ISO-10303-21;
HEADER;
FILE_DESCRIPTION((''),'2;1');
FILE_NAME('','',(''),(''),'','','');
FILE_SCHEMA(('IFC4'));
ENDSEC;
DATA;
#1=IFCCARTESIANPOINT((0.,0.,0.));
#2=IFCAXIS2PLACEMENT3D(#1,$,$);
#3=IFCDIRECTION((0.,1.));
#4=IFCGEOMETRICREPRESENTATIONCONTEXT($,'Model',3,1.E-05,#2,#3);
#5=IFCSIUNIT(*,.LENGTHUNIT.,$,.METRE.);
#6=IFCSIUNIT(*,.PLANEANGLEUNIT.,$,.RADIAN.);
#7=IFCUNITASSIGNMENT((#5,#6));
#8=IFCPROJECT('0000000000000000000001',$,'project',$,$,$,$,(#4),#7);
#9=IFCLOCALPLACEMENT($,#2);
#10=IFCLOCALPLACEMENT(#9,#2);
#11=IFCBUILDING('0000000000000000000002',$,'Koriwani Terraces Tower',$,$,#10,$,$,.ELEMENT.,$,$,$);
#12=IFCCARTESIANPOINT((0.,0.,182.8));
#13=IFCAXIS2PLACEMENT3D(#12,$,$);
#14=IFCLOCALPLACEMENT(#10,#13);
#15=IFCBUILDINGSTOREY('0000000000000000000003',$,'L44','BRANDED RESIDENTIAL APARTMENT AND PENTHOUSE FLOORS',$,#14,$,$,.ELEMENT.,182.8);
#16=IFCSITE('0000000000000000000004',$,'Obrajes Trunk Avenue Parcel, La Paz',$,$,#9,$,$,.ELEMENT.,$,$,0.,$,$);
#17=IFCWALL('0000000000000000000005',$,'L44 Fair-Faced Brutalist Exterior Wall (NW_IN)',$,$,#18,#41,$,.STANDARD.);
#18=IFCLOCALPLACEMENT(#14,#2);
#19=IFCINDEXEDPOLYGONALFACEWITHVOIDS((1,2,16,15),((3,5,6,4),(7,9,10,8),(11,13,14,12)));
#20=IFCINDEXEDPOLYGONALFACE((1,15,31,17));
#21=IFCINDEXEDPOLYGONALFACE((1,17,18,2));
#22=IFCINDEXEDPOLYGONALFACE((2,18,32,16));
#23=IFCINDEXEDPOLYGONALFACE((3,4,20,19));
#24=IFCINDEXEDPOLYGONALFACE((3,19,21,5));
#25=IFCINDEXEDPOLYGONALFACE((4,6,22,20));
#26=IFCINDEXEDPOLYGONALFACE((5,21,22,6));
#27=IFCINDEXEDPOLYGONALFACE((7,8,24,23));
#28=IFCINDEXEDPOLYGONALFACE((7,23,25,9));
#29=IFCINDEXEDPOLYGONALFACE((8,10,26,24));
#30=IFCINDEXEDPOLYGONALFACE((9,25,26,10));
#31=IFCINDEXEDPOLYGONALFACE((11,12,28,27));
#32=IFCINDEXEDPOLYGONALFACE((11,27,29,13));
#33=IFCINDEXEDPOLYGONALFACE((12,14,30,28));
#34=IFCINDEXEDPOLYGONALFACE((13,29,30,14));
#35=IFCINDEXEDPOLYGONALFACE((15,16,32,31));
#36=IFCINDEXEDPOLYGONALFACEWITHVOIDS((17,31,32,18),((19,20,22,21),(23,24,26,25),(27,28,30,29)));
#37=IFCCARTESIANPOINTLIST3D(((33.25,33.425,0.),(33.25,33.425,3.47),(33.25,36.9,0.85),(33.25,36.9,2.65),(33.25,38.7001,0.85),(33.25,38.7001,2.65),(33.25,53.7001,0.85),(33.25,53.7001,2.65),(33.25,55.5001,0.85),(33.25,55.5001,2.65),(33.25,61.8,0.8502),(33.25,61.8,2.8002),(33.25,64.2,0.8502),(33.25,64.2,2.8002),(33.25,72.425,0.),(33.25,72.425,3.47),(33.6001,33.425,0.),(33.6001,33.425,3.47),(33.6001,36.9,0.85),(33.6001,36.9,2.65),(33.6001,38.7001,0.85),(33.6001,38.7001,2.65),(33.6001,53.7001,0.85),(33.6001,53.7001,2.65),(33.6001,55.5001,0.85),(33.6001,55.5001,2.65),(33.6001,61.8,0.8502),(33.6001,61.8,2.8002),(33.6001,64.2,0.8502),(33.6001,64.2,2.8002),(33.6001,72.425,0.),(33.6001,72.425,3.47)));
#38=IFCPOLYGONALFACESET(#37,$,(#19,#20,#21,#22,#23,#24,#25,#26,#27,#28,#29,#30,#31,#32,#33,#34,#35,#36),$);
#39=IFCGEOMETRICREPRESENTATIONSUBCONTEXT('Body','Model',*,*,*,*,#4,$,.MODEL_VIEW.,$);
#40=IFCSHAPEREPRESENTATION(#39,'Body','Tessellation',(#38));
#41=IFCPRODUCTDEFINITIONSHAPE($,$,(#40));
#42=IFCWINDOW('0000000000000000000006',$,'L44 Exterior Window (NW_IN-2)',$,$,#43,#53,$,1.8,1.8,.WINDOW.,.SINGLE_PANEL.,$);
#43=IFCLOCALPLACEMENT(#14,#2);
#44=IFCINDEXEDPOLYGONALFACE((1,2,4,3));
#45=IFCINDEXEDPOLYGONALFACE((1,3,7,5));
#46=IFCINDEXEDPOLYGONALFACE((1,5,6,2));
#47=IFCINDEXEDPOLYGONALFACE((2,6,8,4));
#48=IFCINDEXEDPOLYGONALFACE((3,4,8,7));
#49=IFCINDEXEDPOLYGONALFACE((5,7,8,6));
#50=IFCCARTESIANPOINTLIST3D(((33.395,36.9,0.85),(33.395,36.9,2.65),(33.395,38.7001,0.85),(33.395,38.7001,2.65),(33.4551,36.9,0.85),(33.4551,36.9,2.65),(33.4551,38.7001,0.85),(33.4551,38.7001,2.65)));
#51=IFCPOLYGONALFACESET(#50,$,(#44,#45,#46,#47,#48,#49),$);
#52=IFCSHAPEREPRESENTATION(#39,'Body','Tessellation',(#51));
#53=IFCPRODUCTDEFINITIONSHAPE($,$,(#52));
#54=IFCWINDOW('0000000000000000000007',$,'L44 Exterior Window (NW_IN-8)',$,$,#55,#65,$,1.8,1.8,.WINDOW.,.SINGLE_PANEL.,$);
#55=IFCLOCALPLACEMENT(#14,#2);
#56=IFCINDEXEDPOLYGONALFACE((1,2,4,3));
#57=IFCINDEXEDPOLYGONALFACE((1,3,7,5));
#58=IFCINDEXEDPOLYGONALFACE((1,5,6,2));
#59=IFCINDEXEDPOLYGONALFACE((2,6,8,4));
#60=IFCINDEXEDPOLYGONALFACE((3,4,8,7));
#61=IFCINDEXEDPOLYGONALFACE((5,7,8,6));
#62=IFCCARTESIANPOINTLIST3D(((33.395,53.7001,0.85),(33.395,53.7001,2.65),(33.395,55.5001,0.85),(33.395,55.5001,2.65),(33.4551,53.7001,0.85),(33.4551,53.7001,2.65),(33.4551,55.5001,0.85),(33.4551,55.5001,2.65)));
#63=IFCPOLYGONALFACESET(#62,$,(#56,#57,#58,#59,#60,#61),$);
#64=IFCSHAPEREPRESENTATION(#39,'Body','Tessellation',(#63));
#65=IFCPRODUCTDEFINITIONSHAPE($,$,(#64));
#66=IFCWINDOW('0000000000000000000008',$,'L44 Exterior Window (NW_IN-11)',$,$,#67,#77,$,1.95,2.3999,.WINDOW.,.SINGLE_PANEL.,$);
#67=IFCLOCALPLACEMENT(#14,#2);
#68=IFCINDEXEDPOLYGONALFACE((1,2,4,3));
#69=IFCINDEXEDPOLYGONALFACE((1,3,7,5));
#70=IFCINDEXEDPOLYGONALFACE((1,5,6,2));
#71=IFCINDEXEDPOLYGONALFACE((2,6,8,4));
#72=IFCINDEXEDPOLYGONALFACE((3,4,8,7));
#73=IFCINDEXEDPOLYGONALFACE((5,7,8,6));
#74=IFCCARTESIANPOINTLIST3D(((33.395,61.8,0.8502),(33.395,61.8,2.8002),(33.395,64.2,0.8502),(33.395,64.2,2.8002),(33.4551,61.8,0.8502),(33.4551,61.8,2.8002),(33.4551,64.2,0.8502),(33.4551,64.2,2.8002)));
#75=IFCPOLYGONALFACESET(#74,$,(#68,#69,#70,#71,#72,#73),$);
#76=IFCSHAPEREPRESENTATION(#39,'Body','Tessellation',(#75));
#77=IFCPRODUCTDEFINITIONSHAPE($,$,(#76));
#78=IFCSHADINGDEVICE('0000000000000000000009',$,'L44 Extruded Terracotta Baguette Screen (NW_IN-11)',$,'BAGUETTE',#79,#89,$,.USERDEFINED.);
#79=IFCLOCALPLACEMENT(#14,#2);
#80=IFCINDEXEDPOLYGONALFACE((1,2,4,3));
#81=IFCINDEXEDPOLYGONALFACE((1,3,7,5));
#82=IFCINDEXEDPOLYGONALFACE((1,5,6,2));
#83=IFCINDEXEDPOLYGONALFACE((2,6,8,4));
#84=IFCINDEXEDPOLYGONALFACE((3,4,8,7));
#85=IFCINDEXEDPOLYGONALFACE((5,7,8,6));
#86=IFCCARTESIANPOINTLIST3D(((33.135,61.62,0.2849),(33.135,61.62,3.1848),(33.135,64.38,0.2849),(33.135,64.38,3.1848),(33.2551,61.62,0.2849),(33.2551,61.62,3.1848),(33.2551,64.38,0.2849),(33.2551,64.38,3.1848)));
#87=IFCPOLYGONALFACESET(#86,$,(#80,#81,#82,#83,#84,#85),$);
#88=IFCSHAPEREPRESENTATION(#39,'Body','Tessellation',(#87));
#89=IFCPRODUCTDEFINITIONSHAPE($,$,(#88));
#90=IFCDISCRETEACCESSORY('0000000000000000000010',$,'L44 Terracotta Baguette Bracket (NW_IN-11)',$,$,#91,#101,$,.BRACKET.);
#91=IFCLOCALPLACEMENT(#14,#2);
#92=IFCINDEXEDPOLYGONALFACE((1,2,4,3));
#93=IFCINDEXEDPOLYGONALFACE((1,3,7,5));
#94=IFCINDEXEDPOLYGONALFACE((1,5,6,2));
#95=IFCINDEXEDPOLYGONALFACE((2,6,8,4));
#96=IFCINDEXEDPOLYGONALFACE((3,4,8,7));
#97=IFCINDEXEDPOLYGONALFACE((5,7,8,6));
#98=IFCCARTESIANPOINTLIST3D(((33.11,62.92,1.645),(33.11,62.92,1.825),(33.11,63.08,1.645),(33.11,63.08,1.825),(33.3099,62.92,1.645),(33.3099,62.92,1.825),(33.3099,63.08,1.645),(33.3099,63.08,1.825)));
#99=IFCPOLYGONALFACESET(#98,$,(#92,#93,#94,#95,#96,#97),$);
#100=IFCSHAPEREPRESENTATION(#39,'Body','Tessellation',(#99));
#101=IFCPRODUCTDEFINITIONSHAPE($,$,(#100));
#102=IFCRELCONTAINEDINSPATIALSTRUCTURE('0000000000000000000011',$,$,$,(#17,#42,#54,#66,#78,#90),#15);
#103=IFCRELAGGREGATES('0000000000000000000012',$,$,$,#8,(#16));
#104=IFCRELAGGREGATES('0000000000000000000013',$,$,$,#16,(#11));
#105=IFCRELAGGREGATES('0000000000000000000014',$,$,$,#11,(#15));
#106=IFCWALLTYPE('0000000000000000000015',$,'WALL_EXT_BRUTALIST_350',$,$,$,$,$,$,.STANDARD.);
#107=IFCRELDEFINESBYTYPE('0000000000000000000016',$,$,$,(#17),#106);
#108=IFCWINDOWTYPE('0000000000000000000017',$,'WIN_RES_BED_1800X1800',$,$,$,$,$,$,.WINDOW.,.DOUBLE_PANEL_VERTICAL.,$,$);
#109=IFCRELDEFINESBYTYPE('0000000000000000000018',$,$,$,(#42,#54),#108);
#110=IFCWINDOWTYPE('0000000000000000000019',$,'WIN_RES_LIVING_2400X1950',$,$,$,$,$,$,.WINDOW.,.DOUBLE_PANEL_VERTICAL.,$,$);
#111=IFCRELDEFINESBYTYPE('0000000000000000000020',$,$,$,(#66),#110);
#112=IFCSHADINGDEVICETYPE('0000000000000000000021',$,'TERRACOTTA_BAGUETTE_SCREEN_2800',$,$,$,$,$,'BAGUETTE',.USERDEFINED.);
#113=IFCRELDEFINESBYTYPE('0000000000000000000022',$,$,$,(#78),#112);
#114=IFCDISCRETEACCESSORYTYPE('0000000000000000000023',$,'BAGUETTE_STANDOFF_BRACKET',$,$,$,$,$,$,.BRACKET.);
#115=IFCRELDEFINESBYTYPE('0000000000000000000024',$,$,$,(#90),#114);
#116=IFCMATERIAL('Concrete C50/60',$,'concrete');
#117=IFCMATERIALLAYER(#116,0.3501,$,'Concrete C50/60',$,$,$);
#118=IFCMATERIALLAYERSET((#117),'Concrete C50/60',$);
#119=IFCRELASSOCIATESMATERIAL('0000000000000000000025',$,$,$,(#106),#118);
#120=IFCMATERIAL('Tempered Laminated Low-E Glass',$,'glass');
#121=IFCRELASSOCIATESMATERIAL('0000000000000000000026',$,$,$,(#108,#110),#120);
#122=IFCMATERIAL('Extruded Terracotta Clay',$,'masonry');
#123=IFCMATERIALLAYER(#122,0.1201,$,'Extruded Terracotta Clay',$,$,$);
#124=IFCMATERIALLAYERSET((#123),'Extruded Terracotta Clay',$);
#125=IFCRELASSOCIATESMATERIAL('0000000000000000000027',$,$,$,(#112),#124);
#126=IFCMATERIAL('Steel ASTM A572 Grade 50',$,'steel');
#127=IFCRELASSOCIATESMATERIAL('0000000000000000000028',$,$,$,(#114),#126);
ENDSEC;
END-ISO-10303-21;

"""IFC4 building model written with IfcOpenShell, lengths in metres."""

from ifc_helpers import new_model, si_unit, direction, frame, frame_2d, origin, origin_2d, place, context, subcontext, project, spatial, rectangle, extrude, material, layer, layer_set, type_object, element, fill, save


model = new_model("IFC4")

# Units and contexts
model_context = context("Model", 3, precision=1e-05, world=origin(), true_north=direction((0.0, 1.0)))
body_context = subcontext(model_context, "Body", "Model", "MODEL_VIEW")
ifc_project = project(units=[si_unit("LENGTHUNIT", "METRE"), si_unit("PLANEANGLEUNIT", "RADIAN")], contexts=[model_context])

# Site, building, storey
site_placement = place(None, origin())
site = spatial("IfcSite", under=ifc_project, at=site_placement, Name="Obrajes Trunk Avenue Parcel, La Paz", CompositionType="ELEMENT", RefElevation=0.0)
building_placement = place(site_placement, origin())
building = spatial("IfcBuilding", under=site, at=building_placement, Name="Koriwani Terraces Tower", CompositionType="ELEMENT")
storey_placement = place(building_placement, frame((0.0, 0.0, 182.8)))
storey = spatial("IfcBuildingStorey", under=building, at=storey_placement, Name="L44", Description="BRANDED RESIDENTIAL APARTMENT AND PENTHOUSE FLOORS", CompositionType="ELEMENT", Elevation=182.8)

# Shared definitions
ifc_material_1 = material(Name="Concrete C50/60", Category="concrete")

# Shared definitions
ifc_layer_1 = layer(ifc_material_1, 0.3501, Name="Concrete C50/60")
ifc_layer_set_1 = layer_set([ifc_layer_1], Name="Concrete C50/60")
wall_type = type_object("IfcWallType", Name="WALL_EXT_BRUTALIST_350", PredefinedType="STANDARD", material=ifc_layer_set_1)

# Shared definitions
ifc_material_2 = material(Name="Tempered Laminated Low-E Glass", Category="glass")
window_type_1 = type_object("IfcWindowType", Name="WIN_RES_BED_1800X1800", PartitioningType="DOUBLE_PANEL_VERTICAL", PredefinedType="WINDOW", material=ifc_material_2)

# Wall, openings, windows
wall_1_placement = place(storey_placement, frame((33.425, 72.425, 0.0), z_axis=(0.0, 0.0, 1.0), x_axis=(0.0, -1.0, 0.0)))
wall_1 = element("IfcWall", 1, at=wall_1_placement, inside=storey, type_object=wall_type, Name="L44 Fair-Faced Brutalist Exterior Wall (NW_IN)", PredefinedType="STANDARD", context=body_context, shape_type="SweptSolid", body=[
    extrude(rectangle(XDim=39.0, YDim=0.3501, at=frame_2d((19.5, 0.0))), origin(), (0.0, 0.0, 1.0), 3.47),
])
opening_1_placement = place(wall_1_placement, frame((33.7251, 0.0, 0.8501)))
opening_1 = element("IfcOpeningElement", 2, at=opening_1_placement, cuts=wall_1, PredefinedType="OPENING", context=body_context, shape_type="SweptSolid", body=[
    extrude(rectangle(XDim=1.8, YDim=1.8, at=frame_2d((0.8999, 0.8999))), frame((0.0, 0.1851, 0.0), z_axis=(0.0, -1.0, 0.0), x_axis=(1.0, 0.0, 0.0)), (0.0, 0.0, 1.0), 0.3701),
])
opening_2_placement = place(wall_1_placement, frame((16.925, 0.0, 0.8501)))
opening_2 = element("IfcOpeningElement", 3, at=opening_2_placement, cuts=wall_1, PredefinedType="OPENING", context=body_context, shape_type="SweptSolid", body=[
    extrude(rectangle(XDim=1.8, YDim=1.8, at=frame_2d((0.8999, 0.8999))), frame((0.0, 0.1851, 0.0), z_axis=(0.0, -1.0, 0.0), x_axis=(1.0, 0.0, 0.0)), (0.0, 0.0, 1.0), 0.3701),
])
opening_3_placement = place(wall_1_placement, frame((8.2251, 0.0, 0.8501)))
opening_3 = element("IfcOpeningElement", 4, at=opening_3_placement, cuts=wall_1, PredefinedType="OPENING", context=body_context, shape_type="SweptSolid", body=[
    extrude(rectangle(XDim=2.3999, YDim=1.95, at=frame_2d((1.2, 0.9751))), frame((0.0, 0.1851, 0.0), z_axis=(0.0, -1.0, 0.0), x_axis=(1.0, 0.0, 0.0)), (0.0, 0.0, 1.0), 0.3701),
])
window_1_placement = place(opening_1_placement, origin())
window_1 = element("IfcWindow", 5, at=window_1_placement, inside=storey, type_object=window_type_1, Name="L44 Exterior Window (NW_IN-2)", OverallHeight=1.8, OverallWidth=1.8, PartitioningType="SINGLE_PANEL", PredefinedType="WINDOW", context=body_context, shape_type="SweptSolid", body=[
    extrude(rectangle(XDim=1.8, YDim=1.8, at=frame_2d((0.8999, 0.8999))), frame((0.0, 0.03, 0.0), z_axis=(0.0, -1.0, 0.0), x_axis=(1.0, 0.0, 0.0)), (0.0, 0.0, 1.0), 0.0601),
])
fill(opening_1, window_1)
window_2_placement = place(opening_2_placement, origin())
window_2 = element("IfcWindow", 6, at=window_2_placement, inside=storey, type_object=window_type_1, Name="L44 Exterior Window (NW_IN-8)", OverallHeight=1.8, OverallWidth=1.8, PartitioningType="SINGLE_PANEL", PredefinedType="WINDOW", context=body_context, shape_type="SweptSolid", body=[
    extrude(rectangle(XDim=1.8, YDim=1.8, at=frame_2d((0.8999, 0.8999))), frame((0.0, 0.03, 0.0), z_axis=(0.0, -1.0, 0.0), x_axis=(1.0, 0.0, 0.0)), (0.0, 0.0, 1.0), 0.0601),
])
fill(opening_2, window_2)
window_type_2 = type_object("IfcWindowType", Name="WIN_RES_LIVING_2400X1950", PartitioningType="DOUBLE_PANEL_VERTICAL", PredefinedType="WINDOW", material=ifc_material_2)
window_3_placement = place(opening_3_placement, origin())
window_3 = element("IfcWindow", 7, at=window_3_placement, inside=storey, type_object=window_type_2, Name="L44 Exterior Window (NW_IN-11)", OverallHeight=1.95, OverallWidth=2.3999, PartitioningType="SINGLE_PANEL", PredefinedType="WINDOW", context=body_context, shape_type="SweptSolid", body=[
    extrude(rectangle(XDim=2.3999, YDim=1.95, at=frame_2d((1.2, 0.9751))), frame((0.0, 0.03, 0.0), z_axis=(0.0, -1.0, 0.0), x_axis=(1.0, 0.0, 0.0)), (0.0, 0.0, 1.0), 0.0601),
])
fill(opening_3, window_3)

# Shared definitions
ifc_material_3 = material(Name="Steel ASTM A572 Grade 50", Category="steel")

# Shading device
ifc_material_4 = material(Name="Extruded Terracotta Clay", Category="masonry")
ifc_layer_2 = layer(ifc_material_4, 0.1201, Name="Extruded Terracotta Clay")
ifc_layer_set_2 = layer_set([ifc_layer_2], Name="Extruded Terracotta Clay")
shading_device_type = type_object("IfcShadingDeviceType", Name="TERRACOTTA_BAGUETTE_SCREEN_2800", ElementType="BAGUETTE", PredefinedType="USERDEFINED", material=ifc_layer_set_2)
shading_device_placement = place(storey_placement, frame((33.1951, 63.0, 0.2849), z_axis=(0.0, 0.0, 1.0), x_axis=(0.0, -1.0, 0.0)))
element("IfcShadingDevice", 8, at=shading_device_placement, inside=storey, type_object=shading_device_type, Name="L44 Extruded Terracotta Baguette Screen (NW_IN-11)", ObjectType="BAGUETTE", PredefinedType="USERDEFINED", context=body_context, shape_type="SweptSolid", body=[
    extrude(rectangle(XDim=2.76, YDim=0.1201, at=origin_2d()), origin(), (0.0, 0.0, 1.0), 2.8999),
])

# Discrete accessory
discrete_accessory_type = type_object("IfcDiscreteAccessoryType", Name="BAGUETTE_STANDOFF_BRACKET", PredefinedType="BRACKET", material=ifc_material_3)
discrete_accessory_placement = place(storey_placement, frame((33.21, 63.0, 1.645), z_axis=(0.0, 0.0, 1.0), x_axis=(0.0, -1.0, 0.0)))
element("IfcDiscreteAccessory", 9, at=discrete_accessory_placement, inside=storey, type_object=discrete_accessory_type, Name="L44 Terracotta Baguette Bracket (NW_IN-11)", PredefinedType="BRACKET", context=body_context, shape_type="SweptSolid", body=[
    extrude(rectangle(XDim=0.1599, YDim=0.2, at=origin_2d()), origin(), (0.0, 0.0, 1.0), 0.1799),
])

save(model, "model.ifc")
